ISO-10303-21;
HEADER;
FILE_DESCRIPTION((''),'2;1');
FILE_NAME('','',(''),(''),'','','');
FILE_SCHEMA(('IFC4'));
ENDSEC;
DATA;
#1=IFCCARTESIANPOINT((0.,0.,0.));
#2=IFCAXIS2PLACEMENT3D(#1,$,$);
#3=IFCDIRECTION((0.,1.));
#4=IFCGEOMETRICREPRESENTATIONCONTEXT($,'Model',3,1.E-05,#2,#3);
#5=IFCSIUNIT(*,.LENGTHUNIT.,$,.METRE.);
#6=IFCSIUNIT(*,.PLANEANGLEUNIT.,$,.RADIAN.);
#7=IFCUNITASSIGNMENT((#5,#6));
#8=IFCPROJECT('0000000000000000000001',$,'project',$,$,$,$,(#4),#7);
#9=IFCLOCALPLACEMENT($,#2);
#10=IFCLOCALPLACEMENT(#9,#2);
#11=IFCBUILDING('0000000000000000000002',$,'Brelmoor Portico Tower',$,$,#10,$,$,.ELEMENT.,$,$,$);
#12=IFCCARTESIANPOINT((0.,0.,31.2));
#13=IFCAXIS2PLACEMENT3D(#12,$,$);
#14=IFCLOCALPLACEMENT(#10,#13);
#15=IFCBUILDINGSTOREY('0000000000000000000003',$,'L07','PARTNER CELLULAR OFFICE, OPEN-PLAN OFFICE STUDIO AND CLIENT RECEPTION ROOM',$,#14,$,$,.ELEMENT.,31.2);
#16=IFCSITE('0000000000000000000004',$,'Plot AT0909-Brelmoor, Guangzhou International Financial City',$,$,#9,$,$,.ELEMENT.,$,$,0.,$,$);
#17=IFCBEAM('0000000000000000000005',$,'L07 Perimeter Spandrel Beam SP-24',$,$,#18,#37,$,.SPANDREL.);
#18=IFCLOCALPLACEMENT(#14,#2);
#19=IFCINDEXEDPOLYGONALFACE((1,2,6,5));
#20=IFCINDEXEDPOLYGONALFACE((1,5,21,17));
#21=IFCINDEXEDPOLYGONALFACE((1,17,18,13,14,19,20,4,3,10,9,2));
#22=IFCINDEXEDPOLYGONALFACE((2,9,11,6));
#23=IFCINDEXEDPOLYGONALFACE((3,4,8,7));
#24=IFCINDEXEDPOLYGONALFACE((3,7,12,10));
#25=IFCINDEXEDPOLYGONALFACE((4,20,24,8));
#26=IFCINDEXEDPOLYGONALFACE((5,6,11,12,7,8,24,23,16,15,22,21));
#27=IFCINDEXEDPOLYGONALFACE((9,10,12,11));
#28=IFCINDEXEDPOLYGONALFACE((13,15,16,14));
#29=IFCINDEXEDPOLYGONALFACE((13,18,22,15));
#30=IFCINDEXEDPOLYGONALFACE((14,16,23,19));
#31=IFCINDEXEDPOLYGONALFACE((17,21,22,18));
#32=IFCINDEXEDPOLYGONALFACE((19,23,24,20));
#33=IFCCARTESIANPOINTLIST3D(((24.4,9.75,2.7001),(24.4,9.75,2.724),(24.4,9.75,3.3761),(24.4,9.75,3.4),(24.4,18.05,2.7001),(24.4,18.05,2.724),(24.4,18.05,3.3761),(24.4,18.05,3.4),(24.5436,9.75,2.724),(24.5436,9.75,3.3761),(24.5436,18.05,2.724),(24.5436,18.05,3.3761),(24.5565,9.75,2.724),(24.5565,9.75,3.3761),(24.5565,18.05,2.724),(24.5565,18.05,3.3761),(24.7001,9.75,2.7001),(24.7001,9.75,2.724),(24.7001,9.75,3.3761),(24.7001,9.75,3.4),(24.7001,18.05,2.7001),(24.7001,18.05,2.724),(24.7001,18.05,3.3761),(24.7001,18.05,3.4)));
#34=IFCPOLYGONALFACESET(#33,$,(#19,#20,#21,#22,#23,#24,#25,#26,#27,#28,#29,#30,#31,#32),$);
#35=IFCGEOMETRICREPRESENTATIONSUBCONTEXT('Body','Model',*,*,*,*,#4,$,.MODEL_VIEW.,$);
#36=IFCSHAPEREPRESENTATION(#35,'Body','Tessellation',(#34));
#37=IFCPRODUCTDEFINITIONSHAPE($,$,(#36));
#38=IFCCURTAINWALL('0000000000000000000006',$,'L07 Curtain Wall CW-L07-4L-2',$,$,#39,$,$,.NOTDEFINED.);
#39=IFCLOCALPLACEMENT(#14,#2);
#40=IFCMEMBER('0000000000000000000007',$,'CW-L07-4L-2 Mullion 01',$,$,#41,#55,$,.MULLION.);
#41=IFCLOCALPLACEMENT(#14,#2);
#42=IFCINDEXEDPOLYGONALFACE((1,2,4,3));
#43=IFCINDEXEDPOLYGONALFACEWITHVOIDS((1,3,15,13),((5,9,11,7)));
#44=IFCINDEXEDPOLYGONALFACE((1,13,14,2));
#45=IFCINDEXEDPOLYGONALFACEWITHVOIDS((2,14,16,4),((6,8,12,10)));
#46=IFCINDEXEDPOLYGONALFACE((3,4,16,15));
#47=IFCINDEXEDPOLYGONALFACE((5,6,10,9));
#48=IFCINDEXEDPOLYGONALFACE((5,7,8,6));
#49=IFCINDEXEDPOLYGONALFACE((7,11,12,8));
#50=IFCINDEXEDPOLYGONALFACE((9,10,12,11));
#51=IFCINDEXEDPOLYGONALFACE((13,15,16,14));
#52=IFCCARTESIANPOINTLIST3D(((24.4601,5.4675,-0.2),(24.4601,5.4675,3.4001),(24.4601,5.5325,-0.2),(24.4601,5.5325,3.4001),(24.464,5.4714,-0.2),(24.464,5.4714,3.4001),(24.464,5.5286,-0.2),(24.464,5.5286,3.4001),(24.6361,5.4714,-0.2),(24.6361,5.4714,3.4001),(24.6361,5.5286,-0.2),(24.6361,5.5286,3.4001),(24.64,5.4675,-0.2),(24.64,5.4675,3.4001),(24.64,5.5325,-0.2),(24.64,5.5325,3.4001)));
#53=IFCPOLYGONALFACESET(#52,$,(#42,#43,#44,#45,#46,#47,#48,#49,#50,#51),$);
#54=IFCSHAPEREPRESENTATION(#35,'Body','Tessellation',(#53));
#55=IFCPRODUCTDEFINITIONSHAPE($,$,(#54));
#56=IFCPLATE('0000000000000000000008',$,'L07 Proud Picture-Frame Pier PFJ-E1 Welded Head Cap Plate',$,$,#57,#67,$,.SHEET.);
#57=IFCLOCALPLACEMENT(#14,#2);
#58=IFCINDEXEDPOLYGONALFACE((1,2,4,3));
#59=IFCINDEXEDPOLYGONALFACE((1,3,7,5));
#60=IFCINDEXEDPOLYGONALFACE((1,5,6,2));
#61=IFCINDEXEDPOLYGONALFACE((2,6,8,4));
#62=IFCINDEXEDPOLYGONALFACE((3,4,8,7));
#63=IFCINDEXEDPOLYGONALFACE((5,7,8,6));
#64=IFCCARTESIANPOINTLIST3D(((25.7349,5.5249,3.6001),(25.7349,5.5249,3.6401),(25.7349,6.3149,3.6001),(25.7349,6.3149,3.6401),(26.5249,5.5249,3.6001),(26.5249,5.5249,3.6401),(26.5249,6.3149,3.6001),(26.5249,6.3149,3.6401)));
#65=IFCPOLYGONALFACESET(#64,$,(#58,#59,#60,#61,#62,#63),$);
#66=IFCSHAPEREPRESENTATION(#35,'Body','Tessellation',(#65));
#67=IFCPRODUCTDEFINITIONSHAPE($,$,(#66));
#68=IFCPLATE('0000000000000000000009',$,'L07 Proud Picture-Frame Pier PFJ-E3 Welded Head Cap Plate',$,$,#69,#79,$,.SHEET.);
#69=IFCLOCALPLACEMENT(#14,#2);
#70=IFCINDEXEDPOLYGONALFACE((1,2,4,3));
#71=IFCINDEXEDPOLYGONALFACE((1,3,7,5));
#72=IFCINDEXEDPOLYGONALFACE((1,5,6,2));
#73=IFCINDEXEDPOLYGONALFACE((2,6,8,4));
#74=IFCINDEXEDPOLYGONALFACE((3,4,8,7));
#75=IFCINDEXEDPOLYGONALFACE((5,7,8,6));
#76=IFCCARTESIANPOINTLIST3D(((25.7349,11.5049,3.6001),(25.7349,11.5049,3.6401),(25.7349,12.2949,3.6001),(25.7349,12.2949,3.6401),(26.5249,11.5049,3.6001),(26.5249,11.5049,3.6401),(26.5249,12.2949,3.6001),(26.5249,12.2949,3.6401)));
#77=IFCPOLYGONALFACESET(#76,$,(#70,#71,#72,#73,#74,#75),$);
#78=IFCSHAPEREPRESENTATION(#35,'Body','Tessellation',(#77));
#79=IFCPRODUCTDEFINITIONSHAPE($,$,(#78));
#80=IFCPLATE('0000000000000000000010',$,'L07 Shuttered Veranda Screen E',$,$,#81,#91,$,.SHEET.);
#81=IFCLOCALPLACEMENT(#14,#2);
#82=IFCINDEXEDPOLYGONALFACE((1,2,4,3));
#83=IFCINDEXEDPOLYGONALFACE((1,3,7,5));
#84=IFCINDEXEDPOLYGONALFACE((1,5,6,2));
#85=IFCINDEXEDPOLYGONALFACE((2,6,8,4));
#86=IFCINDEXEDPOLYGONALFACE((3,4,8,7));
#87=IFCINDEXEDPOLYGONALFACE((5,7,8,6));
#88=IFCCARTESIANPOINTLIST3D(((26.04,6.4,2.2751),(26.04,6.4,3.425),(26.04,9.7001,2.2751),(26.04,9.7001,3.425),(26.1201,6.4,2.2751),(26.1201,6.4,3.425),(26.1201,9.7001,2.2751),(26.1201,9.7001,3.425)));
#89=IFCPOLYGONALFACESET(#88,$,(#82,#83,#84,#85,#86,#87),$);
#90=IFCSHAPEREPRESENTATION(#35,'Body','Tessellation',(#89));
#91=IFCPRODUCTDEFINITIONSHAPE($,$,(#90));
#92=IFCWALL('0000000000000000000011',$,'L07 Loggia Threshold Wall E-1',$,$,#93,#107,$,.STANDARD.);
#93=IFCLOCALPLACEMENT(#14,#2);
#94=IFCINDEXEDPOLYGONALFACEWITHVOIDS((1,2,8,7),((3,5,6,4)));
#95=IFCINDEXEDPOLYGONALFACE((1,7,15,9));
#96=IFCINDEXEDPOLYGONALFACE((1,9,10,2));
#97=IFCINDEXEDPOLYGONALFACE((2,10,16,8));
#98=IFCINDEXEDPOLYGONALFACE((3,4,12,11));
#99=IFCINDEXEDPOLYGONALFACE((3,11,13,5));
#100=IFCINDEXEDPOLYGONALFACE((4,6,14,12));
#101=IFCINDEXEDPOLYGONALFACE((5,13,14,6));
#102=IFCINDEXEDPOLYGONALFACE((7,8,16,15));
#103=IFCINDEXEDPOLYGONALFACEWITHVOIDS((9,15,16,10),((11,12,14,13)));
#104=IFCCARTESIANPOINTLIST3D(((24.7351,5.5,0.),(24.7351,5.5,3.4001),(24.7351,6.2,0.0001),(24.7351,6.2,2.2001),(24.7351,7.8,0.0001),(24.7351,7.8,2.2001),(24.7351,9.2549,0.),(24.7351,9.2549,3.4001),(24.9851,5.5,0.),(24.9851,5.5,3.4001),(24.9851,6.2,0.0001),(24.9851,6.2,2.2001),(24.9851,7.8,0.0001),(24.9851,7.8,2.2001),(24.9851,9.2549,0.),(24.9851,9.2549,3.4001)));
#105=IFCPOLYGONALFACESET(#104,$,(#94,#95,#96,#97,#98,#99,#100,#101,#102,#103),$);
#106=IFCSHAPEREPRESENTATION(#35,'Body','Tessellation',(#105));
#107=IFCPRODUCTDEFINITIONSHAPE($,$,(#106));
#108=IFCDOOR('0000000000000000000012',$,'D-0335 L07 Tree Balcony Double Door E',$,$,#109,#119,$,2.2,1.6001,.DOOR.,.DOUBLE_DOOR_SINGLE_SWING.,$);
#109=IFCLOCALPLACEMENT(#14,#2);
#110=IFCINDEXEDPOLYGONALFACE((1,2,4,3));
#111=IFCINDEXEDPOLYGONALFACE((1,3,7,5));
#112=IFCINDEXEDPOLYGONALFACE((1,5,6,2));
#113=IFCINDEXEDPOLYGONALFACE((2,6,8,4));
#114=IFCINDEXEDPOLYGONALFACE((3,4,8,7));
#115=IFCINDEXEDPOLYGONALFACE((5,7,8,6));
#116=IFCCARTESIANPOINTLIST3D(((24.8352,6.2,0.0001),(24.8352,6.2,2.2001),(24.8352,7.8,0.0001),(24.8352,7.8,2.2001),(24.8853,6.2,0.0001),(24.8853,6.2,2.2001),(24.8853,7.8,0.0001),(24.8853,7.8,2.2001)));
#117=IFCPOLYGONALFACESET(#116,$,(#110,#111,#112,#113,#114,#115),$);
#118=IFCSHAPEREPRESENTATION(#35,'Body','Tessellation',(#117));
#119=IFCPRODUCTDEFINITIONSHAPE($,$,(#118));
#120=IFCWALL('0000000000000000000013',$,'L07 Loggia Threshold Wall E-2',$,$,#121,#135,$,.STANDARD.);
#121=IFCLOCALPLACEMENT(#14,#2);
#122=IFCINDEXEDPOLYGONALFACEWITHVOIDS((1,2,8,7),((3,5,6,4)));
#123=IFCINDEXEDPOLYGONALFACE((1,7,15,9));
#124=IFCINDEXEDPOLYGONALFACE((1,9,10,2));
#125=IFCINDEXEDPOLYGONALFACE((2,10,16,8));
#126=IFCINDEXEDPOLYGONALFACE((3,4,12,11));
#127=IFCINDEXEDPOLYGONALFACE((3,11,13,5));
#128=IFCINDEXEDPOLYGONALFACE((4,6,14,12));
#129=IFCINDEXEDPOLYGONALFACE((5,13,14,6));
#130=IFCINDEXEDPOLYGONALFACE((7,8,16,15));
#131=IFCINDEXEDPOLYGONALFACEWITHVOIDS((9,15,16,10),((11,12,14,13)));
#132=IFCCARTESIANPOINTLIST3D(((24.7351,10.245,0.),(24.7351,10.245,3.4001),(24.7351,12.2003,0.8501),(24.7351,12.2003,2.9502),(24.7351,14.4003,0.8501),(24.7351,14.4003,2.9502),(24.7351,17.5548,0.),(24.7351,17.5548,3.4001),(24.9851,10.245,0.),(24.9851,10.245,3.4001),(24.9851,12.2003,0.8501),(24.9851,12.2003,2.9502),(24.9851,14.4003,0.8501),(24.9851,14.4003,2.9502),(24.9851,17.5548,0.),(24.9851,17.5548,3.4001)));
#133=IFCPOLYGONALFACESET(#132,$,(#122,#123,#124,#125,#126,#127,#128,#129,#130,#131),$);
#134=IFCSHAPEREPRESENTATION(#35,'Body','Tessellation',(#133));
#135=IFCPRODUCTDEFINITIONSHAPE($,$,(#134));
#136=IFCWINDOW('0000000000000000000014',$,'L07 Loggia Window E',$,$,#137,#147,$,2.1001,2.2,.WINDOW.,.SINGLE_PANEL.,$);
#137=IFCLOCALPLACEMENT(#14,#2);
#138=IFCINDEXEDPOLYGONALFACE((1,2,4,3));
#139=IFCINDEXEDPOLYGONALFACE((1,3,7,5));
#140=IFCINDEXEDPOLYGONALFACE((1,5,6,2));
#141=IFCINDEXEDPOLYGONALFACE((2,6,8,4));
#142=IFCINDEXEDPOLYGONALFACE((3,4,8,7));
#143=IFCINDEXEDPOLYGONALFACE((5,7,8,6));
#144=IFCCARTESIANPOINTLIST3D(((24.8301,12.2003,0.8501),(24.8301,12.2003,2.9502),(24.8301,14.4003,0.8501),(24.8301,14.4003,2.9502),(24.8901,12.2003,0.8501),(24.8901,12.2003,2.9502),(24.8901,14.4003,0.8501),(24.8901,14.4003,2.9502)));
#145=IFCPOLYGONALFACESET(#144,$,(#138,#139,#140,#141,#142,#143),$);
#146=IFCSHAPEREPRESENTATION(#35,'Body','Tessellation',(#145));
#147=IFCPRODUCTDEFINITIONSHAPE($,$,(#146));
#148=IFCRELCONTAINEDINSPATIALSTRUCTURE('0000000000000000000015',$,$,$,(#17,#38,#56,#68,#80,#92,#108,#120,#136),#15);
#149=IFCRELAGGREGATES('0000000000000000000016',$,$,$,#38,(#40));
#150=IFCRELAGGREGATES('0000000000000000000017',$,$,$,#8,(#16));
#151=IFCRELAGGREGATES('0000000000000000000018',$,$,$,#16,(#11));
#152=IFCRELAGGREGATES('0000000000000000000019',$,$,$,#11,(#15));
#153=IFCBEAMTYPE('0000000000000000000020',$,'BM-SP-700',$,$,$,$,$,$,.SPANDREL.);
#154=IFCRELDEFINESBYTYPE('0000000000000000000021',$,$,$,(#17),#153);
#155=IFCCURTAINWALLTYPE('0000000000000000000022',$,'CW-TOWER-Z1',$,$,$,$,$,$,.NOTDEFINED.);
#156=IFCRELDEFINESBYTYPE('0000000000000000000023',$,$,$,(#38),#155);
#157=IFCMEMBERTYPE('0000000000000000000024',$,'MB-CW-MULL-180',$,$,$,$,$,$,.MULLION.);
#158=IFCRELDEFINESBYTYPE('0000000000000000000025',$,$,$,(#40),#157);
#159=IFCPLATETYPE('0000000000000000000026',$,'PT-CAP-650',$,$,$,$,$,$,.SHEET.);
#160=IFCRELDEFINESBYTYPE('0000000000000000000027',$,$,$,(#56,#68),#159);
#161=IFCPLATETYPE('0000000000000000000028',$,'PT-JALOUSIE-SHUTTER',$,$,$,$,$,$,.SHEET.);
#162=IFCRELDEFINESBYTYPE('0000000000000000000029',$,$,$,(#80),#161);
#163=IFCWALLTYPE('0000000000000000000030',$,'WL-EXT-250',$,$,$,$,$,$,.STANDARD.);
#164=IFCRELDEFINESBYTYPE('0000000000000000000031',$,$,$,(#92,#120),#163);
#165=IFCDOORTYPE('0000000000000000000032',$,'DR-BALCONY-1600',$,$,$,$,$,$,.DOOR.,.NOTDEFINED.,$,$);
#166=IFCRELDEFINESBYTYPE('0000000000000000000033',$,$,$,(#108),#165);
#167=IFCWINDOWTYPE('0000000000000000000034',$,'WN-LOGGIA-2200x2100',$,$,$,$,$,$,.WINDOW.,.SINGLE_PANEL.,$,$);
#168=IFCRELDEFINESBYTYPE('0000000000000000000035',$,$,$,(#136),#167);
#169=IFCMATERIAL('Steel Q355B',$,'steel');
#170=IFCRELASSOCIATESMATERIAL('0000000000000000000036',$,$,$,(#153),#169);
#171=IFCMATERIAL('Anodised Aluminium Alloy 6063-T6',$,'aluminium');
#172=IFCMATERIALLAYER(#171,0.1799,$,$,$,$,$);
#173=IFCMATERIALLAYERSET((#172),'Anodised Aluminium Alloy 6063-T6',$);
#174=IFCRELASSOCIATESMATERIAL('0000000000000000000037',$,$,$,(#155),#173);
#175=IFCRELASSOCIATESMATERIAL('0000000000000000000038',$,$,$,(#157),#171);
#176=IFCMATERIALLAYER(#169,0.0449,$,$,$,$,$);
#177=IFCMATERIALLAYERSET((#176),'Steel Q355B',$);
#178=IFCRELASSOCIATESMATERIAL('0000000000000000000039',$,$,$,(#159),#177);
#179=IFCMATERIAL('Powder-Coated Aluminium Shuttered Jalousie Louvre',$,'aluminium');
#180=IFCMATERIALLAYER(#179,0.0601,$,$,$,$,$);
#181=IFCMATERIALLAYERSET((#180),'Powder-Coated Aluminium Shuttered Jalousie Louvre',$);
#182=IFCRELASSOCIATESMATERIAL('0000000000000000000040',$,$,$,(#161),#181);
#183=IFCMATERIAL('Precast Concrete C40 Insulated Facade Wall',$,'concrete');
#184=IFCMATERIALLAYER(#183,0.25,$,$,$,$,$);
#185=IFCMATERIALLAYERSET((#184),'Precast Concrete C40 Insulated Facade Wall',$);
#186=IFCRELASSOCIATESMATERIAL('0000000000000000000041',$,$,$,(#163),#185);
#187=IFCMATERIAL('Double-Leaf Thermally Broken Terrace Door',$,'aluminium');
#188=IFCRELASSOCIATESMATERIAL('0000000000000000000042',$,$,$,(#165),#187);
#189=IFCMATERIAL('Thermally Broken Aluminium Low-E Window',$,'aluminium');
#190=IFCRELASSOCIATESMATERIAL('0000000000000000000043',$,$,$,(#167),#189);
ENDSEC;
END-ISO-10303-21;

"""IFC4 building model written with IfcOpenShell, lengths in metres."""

from ifc_helpers import new_model, si_unit, direction, frame, frame_2d, origin, origin_2d, place, context, subcontext, project, spatial, rectangle, hollow_rectangle, i_section, extrude, material, layer, layer_set, material_profile, profile_set, type_object, element, fill, aggregate, save


model = new_model("IFC4")

# Units and contexts
model_context = context("Model", 3, precision=1e-05, world=origin(), true_north=direction((0.0, 1.0)))
body_context = subcontext(model_context, "Body", "Model", "MODEL_VIEW")
ifc_project = project(units=[si_unit("LENGTHUNIT", "METRE"), si_unit("PLANEANGLEUNIT", "RADIAN")], contexts=[model_context])

# Site, building, storey
site_placement = place(None, origin())
site = spatial("IfcSite", under=ifc_project, at=site_placement, Name="Plot AT0909-Brelmoor, Guangzhou International Financial City", CompositionType="ELEMENT", RefElevation=0.0)
building_placement = place(site_placement, origin())
building = spatial("IfcBuilding", under=site, at=building_placement, Name="Brelmoor Portico Tower", CompositionType="ELEMENT")
storey_placement = place(building_placement, frame((0.0, 0.0, 31.2)))
storey = spatial("IfcBuildingStorey", under=building, at=storey_placement, Name="L07", Description="PARTNER CELLULAR OFFICE, OPEN-PLAN OFFICE STUDIO AND CLIENT RECEPTION ROOM", CompositionType="ELEMENT", Elevation=31.2)

# Shared definitions
ifc_material_1 = material(Name="Steel Q355B", Category="steel")

# Beam
ifc_material_profile_1 = material_profile(ifc_material_1, i_section(OverallWidth=0.3, OverallDepth=0.7, WebThickness=0.0129, FlangeThickness=0.0239, at=origin_2d()), Name="HN 700x300x13x24")
ifc_profile_set_1 = profile_set([ifc_material_profile_1], Name="Steel Q355B")
beam_type_1 = type_object("IfcBeamType", Name="BM-SP-700", PredefinedType="SPANDREL", material=ifc_profile_set_1)
beam_1_placement = place(storey_placement, frame((24.55, 9.75, 3.05), z_axis=(0.0, 1.0, 0.0), x_axis=(-1.0, 0.0, 0.0)))
element("IfcBeam", 1, at=beam_1_placement, inside=storey, type_object=beam_type_1, Name="L07 Perimeter Spandrel Beam SP-24", PredefinedType="SPANDREL", context=body_context, shape_type="SweptSolid", body=[
    extrude(i_section(OverallWidth=0.3, OverallDepth=0.7, WebThickness=0.0129, FlangeThickness=0.0239, at=origin_2d()), origin(), (0.0, 0.0, 1.0), 8.3),
])

# Curtain wall, member
ifc_material_2 = material(Name="Anodised Aluminium Alloy 6063-T6", Category="aluminium")
ifc_layer_1 = layer(ifc_material_2, 0.1799)
ifc_layer_set_1 = layer_set([ifc_layer_1], Name="Anodised Aluminium Alloy 6063-T6")
curtain_wall_type = type_object("IfcCurtainWallType", Name="CW-TOWER-Z1", PredefinedType="NOTDEFINED", material=ifc_layer_set_1)
curtain_wall_placement = place(storey_placement, origin())
curtain_wall = element("IfcCurtainWall", 2, at=curtain_wall_placement, inside=storey, type_object=curtain_wall_type, Name="L07 Curtain Wall CW-L07-4L-2", PredefinedType="NOTDEFINED")
ifc_material_profile_2 = material_profile(ifc_material_2, hollow_rectangle(XDim=0.0649, YDim=0.1799, WallThickness=0.0039, at=origin_2d()), Name="ALU MULLION 65x180")
ifc_profile_set_2 = profile_set([ifc_material_profile_2], Name="Anodised Aluminium Alloy 6063-T6")
member_type = type_object("IfcMemberType", Name="MB-CW-MULL-180", PredefinedType="MULLION", material=ifc_profile_set_2)
member_placement = place(storey_placement, frame((24.55, 5.5, -0.2), z_axis=(0.0, 0.0, 1.0), x_axis=(0.0, 1.0, 0.0)))
member = element("IfcMember", 3, at=member_placement, type_object=member_type, Name="CW-L07-4L-2 Mullion 01", PredefinedType="MULLION", context=body_context, shape_type="SweptSolid", body=[
    extrude(hollow_rectangle(XDim=0.0649, YDim=0.1799, WallThickness=0.0039, at=origin_2d()), origin(), (0.0, 0.0, 1.0), 3.6001),
])
aggregate(curtain_wall, [member])

# Plates
ifc_layer_2 = layer(ifc_material_1, 0.0449)
ifc_layer_set_2 = layer_set([ifc_layer_2], Name="Steel Q355B")
plate_type_1 = type_object("IfcPlateType", Name="PT-CAP-650", PredefinedType="SHEET", material=ifc_layer_set_2)
for number, where, z_axis, x_axis, name in (
    (4, (26.1299, 5.9199, 3.6001), (0.0, 0.0, 1.0), (0.0, 1.0, 0.0), "L07 Proud Picture-Frame Pier PFJ-E1 Welded Head Cap Plate"),
    (5, (26.1299, 11.8999, 3.6001), (0.0, 0.0, 1.0), (0.0, 1.0, 0.0), "L07 Proud Picture-Frame Pier PFJ-E3 Welded Head Cap Plate"),
):
    element("IfcPlate", number, at=place(storey_placement, frame(where, z_axis=z_axis, x_axis=x_axis)), inside=storey, type_object=plate_type_1, Name=name, PredefinedType="SHEET", context=body_context, shape_type="SweptSolid", body=[
        extrude(rectangle(XDim=0.79, YDim=0.79, at=origin_2d()), origin(), (0.0, 0.0, 1.0), 0.04),
    ])
ifc_material_3 = material(Name="Powder-Coated Aluminium Shuttered Jalousie Louvre", Category="aluminium")
ifc_layer_3 = layer(ifc_material_3, 0.0601)
ifc_layer_set_3 = layer_set([ifc_layer_3], Name="Powder-Coated Aluminium Shuttered Jalousie Louvre")
plate_type_2 = type_object("IfcPlateType", Name="PT-JALOUSIE-SHUTTER", PredefinedType="SHEET", material=ifc_layer_set_3)
plate_placement = place(storey_placement, frame((26.0801, 8.05, 2.2751), z_axis=(0.0, 0.0, 1.0), x_axis=(0.0, 1.0, 0.0)))
element("IfcPlate", 6, at=plate_placement, inside=storey, type_object=plate_type_2, Name="L07 Shuttered Veranda Screen E", PredefinedType="SHEET", context=body_context, shape_type="SweptSolid", body=[
    extrude(rectangle(XDim=3.3, YDim=0.0801, at=origin_2d()), origin(), (0.0, 0.0, 1.0), 1.1499),
])

# Wall, opening, door
ifc_material_4 = material(Name="Precast Concrete C40 Insulated Facade Wall", Category="concrete")
ifc_layer_4 = layer(ifc_material_4, 0.25)
ifc_layer_set_4 = layer_set([ifc_layer_4], Name="Precast Concrete C40 Insulated Facade Wall")
wall_type_1 = type_object("IfcWallType", Name="WL-EXT-250", PredefinedType="STANDARD", material=ifc_layer_set_4)
wall_1_placement = place(storey_placement, frame((24.8601, 5.5, 0.0), z_axis=(0.0, 0.0, 1.0), x_axis=(0.0, 1.0, 0.0)))
wall_1 = element("IfcWall", 7, at=wall_1_placement, inside=storey, type_object=wall_type_1, Name="L07 Loggia Threshold Wall E-1", PredefinedType="STANDARD", context=body_context, shape_type="SweptSolid", body=[
    extrude(rectangle(XDim=3.7549, YDim=0.25, at=frame_2d((1.8774, 0.0))), origin(), (0.0, 0.0, 1.0), 3.4001),
])
opening_1_placement = place(wall_1_placement, frame((0.7, 0.0, 0.0)))
opening_1 = element("IfcOpeningElement", 8, at=opening_1_placement, cuts=wall_1, PredefinedType="OPENING", context=body_context, shape_type="SweptSolid", body=[
    extrude(rectangle(XDim=1.6001, YDim=2.2, at=frame_2d((0.8, 1.1001))), frame((0.0, 0.135, 0.0), z_axis=(0.0, -1.0, 0.0), x_axis=(1.0, 0.0, 0.0)), (0.0, 0.0, 1.0), 0.27),
])
ifc_material_5 = material(Name="Double-Leaf Thermally Broken Terrace Door", Category="aluminium")
door_type_1 = type_object("IfcDoorType", Name="DR-BALCONY-1600", OperationType="NOTDEFINED", PredefinedType="DOOR", material=ifc_material_5)
door_1_placement = place(opening_1_placement, origin())
door_1 = element("IfcDoor", 9, at=door_1_placement, inside=storey, type_object=door_type_1, Name="D-0335 L07 Tree Balcony Double Door E", OperationType="DOUBLE_DOOR_SINGLE_SWING", OverallHeight=2.2, OverallWidth=1.6001, PredefinedType="DOOR", context=body_context, shape_type="SweptSolid", body=[
    extrude(rectangle(XDim=1.6001, YDim=2.2, at=frame_2d((0.8, 1.1001))), frame((0.0, 0.0249, 0.0), z_axis=(0.0, -1.0, 0.0), x_axis=(1.0, 0.0, 0.0)), (0.0, 0.0, 1.0), 0.05),
])
fill(opening_1, door_1)

# Wall, opening, window
wall_2_placement = place(storey_placement, frame((24.8601, 10.2451, 0.0), z_axis=(0.0, 0.0, 1.0), x_axis=(0.0, 1.0, 0.0)))
wall_2 = element("IfcWall", 10, at=wall_2_placement, inside=storey, type_object=wall_type_1, Name="L07 Loggia Threshold Wall E-2", PredefinedType="STANDARD", context=body_context, shape_type="SweptSolid", body=[
    extrude(rectangle(XDim=7.3098, YDim=0.25, at=frame_2d((3.6548, 0.0))), origin(), (0.0, 0.0, 1.0), 3.4001),
])
opening_2_placement = place(wall_2_placement, frame((1.9551, 0.0, 0.8501)))
opening_2 = element("IfcOpeningElement", 11, at=opening_2_placement, cuts=wall_2, PredefinedType="OPENING", context=body_context, shape_type="SweptSolid", body=[
    extrude(rectangle(XDim=2.2, YDim=2.1001, at=frame_2d((1.1001, 1.05))), frame((0.0, 0.135, 0.0), z_axis=(0.0, -1.0, 0.0), x_axis=(1.0, 0.0, 0.0)), (0.0, 0.0, 1.0), 0.27),
])
ifc_material_6 = material(Name="Thermally Broken Aluminium Low-E Window", Category="aluminium")
window_type = type_object("IfcWindowType", Name="WN-LOGGIA-2200x2100", PartitioningType="SINGLE_PANEL", PredefinedType="WINDOW", material=ifc_material_6)
window_placement = place(opening_2_placement, origin())
window = element("IfcWindow", 12, at=window_placement, inside=storey, type_object=window_type, Name="L07 Loggia Window E", OverallHeight=2.1001, OverallWidth=2.2, PartitioningType="SINGLE_PANEL", PredefinedType="WINDOW", context=body_context, shape_type="SweptSolid", body=[
    extrude(rectangle(XDim=2.2, YDim=2.1001, at=frame_2d((1.1001, 1.05))), frame((0.0, 0.03, 0.0), z_axis=(0.0, -1.0, 0.0), x_axis=(1.0, 0.0, 0.0)), (0.0, 0.0, 1.0), 0.0601),
])
fill(opening_2, window)

save(model, "model.ifc")
